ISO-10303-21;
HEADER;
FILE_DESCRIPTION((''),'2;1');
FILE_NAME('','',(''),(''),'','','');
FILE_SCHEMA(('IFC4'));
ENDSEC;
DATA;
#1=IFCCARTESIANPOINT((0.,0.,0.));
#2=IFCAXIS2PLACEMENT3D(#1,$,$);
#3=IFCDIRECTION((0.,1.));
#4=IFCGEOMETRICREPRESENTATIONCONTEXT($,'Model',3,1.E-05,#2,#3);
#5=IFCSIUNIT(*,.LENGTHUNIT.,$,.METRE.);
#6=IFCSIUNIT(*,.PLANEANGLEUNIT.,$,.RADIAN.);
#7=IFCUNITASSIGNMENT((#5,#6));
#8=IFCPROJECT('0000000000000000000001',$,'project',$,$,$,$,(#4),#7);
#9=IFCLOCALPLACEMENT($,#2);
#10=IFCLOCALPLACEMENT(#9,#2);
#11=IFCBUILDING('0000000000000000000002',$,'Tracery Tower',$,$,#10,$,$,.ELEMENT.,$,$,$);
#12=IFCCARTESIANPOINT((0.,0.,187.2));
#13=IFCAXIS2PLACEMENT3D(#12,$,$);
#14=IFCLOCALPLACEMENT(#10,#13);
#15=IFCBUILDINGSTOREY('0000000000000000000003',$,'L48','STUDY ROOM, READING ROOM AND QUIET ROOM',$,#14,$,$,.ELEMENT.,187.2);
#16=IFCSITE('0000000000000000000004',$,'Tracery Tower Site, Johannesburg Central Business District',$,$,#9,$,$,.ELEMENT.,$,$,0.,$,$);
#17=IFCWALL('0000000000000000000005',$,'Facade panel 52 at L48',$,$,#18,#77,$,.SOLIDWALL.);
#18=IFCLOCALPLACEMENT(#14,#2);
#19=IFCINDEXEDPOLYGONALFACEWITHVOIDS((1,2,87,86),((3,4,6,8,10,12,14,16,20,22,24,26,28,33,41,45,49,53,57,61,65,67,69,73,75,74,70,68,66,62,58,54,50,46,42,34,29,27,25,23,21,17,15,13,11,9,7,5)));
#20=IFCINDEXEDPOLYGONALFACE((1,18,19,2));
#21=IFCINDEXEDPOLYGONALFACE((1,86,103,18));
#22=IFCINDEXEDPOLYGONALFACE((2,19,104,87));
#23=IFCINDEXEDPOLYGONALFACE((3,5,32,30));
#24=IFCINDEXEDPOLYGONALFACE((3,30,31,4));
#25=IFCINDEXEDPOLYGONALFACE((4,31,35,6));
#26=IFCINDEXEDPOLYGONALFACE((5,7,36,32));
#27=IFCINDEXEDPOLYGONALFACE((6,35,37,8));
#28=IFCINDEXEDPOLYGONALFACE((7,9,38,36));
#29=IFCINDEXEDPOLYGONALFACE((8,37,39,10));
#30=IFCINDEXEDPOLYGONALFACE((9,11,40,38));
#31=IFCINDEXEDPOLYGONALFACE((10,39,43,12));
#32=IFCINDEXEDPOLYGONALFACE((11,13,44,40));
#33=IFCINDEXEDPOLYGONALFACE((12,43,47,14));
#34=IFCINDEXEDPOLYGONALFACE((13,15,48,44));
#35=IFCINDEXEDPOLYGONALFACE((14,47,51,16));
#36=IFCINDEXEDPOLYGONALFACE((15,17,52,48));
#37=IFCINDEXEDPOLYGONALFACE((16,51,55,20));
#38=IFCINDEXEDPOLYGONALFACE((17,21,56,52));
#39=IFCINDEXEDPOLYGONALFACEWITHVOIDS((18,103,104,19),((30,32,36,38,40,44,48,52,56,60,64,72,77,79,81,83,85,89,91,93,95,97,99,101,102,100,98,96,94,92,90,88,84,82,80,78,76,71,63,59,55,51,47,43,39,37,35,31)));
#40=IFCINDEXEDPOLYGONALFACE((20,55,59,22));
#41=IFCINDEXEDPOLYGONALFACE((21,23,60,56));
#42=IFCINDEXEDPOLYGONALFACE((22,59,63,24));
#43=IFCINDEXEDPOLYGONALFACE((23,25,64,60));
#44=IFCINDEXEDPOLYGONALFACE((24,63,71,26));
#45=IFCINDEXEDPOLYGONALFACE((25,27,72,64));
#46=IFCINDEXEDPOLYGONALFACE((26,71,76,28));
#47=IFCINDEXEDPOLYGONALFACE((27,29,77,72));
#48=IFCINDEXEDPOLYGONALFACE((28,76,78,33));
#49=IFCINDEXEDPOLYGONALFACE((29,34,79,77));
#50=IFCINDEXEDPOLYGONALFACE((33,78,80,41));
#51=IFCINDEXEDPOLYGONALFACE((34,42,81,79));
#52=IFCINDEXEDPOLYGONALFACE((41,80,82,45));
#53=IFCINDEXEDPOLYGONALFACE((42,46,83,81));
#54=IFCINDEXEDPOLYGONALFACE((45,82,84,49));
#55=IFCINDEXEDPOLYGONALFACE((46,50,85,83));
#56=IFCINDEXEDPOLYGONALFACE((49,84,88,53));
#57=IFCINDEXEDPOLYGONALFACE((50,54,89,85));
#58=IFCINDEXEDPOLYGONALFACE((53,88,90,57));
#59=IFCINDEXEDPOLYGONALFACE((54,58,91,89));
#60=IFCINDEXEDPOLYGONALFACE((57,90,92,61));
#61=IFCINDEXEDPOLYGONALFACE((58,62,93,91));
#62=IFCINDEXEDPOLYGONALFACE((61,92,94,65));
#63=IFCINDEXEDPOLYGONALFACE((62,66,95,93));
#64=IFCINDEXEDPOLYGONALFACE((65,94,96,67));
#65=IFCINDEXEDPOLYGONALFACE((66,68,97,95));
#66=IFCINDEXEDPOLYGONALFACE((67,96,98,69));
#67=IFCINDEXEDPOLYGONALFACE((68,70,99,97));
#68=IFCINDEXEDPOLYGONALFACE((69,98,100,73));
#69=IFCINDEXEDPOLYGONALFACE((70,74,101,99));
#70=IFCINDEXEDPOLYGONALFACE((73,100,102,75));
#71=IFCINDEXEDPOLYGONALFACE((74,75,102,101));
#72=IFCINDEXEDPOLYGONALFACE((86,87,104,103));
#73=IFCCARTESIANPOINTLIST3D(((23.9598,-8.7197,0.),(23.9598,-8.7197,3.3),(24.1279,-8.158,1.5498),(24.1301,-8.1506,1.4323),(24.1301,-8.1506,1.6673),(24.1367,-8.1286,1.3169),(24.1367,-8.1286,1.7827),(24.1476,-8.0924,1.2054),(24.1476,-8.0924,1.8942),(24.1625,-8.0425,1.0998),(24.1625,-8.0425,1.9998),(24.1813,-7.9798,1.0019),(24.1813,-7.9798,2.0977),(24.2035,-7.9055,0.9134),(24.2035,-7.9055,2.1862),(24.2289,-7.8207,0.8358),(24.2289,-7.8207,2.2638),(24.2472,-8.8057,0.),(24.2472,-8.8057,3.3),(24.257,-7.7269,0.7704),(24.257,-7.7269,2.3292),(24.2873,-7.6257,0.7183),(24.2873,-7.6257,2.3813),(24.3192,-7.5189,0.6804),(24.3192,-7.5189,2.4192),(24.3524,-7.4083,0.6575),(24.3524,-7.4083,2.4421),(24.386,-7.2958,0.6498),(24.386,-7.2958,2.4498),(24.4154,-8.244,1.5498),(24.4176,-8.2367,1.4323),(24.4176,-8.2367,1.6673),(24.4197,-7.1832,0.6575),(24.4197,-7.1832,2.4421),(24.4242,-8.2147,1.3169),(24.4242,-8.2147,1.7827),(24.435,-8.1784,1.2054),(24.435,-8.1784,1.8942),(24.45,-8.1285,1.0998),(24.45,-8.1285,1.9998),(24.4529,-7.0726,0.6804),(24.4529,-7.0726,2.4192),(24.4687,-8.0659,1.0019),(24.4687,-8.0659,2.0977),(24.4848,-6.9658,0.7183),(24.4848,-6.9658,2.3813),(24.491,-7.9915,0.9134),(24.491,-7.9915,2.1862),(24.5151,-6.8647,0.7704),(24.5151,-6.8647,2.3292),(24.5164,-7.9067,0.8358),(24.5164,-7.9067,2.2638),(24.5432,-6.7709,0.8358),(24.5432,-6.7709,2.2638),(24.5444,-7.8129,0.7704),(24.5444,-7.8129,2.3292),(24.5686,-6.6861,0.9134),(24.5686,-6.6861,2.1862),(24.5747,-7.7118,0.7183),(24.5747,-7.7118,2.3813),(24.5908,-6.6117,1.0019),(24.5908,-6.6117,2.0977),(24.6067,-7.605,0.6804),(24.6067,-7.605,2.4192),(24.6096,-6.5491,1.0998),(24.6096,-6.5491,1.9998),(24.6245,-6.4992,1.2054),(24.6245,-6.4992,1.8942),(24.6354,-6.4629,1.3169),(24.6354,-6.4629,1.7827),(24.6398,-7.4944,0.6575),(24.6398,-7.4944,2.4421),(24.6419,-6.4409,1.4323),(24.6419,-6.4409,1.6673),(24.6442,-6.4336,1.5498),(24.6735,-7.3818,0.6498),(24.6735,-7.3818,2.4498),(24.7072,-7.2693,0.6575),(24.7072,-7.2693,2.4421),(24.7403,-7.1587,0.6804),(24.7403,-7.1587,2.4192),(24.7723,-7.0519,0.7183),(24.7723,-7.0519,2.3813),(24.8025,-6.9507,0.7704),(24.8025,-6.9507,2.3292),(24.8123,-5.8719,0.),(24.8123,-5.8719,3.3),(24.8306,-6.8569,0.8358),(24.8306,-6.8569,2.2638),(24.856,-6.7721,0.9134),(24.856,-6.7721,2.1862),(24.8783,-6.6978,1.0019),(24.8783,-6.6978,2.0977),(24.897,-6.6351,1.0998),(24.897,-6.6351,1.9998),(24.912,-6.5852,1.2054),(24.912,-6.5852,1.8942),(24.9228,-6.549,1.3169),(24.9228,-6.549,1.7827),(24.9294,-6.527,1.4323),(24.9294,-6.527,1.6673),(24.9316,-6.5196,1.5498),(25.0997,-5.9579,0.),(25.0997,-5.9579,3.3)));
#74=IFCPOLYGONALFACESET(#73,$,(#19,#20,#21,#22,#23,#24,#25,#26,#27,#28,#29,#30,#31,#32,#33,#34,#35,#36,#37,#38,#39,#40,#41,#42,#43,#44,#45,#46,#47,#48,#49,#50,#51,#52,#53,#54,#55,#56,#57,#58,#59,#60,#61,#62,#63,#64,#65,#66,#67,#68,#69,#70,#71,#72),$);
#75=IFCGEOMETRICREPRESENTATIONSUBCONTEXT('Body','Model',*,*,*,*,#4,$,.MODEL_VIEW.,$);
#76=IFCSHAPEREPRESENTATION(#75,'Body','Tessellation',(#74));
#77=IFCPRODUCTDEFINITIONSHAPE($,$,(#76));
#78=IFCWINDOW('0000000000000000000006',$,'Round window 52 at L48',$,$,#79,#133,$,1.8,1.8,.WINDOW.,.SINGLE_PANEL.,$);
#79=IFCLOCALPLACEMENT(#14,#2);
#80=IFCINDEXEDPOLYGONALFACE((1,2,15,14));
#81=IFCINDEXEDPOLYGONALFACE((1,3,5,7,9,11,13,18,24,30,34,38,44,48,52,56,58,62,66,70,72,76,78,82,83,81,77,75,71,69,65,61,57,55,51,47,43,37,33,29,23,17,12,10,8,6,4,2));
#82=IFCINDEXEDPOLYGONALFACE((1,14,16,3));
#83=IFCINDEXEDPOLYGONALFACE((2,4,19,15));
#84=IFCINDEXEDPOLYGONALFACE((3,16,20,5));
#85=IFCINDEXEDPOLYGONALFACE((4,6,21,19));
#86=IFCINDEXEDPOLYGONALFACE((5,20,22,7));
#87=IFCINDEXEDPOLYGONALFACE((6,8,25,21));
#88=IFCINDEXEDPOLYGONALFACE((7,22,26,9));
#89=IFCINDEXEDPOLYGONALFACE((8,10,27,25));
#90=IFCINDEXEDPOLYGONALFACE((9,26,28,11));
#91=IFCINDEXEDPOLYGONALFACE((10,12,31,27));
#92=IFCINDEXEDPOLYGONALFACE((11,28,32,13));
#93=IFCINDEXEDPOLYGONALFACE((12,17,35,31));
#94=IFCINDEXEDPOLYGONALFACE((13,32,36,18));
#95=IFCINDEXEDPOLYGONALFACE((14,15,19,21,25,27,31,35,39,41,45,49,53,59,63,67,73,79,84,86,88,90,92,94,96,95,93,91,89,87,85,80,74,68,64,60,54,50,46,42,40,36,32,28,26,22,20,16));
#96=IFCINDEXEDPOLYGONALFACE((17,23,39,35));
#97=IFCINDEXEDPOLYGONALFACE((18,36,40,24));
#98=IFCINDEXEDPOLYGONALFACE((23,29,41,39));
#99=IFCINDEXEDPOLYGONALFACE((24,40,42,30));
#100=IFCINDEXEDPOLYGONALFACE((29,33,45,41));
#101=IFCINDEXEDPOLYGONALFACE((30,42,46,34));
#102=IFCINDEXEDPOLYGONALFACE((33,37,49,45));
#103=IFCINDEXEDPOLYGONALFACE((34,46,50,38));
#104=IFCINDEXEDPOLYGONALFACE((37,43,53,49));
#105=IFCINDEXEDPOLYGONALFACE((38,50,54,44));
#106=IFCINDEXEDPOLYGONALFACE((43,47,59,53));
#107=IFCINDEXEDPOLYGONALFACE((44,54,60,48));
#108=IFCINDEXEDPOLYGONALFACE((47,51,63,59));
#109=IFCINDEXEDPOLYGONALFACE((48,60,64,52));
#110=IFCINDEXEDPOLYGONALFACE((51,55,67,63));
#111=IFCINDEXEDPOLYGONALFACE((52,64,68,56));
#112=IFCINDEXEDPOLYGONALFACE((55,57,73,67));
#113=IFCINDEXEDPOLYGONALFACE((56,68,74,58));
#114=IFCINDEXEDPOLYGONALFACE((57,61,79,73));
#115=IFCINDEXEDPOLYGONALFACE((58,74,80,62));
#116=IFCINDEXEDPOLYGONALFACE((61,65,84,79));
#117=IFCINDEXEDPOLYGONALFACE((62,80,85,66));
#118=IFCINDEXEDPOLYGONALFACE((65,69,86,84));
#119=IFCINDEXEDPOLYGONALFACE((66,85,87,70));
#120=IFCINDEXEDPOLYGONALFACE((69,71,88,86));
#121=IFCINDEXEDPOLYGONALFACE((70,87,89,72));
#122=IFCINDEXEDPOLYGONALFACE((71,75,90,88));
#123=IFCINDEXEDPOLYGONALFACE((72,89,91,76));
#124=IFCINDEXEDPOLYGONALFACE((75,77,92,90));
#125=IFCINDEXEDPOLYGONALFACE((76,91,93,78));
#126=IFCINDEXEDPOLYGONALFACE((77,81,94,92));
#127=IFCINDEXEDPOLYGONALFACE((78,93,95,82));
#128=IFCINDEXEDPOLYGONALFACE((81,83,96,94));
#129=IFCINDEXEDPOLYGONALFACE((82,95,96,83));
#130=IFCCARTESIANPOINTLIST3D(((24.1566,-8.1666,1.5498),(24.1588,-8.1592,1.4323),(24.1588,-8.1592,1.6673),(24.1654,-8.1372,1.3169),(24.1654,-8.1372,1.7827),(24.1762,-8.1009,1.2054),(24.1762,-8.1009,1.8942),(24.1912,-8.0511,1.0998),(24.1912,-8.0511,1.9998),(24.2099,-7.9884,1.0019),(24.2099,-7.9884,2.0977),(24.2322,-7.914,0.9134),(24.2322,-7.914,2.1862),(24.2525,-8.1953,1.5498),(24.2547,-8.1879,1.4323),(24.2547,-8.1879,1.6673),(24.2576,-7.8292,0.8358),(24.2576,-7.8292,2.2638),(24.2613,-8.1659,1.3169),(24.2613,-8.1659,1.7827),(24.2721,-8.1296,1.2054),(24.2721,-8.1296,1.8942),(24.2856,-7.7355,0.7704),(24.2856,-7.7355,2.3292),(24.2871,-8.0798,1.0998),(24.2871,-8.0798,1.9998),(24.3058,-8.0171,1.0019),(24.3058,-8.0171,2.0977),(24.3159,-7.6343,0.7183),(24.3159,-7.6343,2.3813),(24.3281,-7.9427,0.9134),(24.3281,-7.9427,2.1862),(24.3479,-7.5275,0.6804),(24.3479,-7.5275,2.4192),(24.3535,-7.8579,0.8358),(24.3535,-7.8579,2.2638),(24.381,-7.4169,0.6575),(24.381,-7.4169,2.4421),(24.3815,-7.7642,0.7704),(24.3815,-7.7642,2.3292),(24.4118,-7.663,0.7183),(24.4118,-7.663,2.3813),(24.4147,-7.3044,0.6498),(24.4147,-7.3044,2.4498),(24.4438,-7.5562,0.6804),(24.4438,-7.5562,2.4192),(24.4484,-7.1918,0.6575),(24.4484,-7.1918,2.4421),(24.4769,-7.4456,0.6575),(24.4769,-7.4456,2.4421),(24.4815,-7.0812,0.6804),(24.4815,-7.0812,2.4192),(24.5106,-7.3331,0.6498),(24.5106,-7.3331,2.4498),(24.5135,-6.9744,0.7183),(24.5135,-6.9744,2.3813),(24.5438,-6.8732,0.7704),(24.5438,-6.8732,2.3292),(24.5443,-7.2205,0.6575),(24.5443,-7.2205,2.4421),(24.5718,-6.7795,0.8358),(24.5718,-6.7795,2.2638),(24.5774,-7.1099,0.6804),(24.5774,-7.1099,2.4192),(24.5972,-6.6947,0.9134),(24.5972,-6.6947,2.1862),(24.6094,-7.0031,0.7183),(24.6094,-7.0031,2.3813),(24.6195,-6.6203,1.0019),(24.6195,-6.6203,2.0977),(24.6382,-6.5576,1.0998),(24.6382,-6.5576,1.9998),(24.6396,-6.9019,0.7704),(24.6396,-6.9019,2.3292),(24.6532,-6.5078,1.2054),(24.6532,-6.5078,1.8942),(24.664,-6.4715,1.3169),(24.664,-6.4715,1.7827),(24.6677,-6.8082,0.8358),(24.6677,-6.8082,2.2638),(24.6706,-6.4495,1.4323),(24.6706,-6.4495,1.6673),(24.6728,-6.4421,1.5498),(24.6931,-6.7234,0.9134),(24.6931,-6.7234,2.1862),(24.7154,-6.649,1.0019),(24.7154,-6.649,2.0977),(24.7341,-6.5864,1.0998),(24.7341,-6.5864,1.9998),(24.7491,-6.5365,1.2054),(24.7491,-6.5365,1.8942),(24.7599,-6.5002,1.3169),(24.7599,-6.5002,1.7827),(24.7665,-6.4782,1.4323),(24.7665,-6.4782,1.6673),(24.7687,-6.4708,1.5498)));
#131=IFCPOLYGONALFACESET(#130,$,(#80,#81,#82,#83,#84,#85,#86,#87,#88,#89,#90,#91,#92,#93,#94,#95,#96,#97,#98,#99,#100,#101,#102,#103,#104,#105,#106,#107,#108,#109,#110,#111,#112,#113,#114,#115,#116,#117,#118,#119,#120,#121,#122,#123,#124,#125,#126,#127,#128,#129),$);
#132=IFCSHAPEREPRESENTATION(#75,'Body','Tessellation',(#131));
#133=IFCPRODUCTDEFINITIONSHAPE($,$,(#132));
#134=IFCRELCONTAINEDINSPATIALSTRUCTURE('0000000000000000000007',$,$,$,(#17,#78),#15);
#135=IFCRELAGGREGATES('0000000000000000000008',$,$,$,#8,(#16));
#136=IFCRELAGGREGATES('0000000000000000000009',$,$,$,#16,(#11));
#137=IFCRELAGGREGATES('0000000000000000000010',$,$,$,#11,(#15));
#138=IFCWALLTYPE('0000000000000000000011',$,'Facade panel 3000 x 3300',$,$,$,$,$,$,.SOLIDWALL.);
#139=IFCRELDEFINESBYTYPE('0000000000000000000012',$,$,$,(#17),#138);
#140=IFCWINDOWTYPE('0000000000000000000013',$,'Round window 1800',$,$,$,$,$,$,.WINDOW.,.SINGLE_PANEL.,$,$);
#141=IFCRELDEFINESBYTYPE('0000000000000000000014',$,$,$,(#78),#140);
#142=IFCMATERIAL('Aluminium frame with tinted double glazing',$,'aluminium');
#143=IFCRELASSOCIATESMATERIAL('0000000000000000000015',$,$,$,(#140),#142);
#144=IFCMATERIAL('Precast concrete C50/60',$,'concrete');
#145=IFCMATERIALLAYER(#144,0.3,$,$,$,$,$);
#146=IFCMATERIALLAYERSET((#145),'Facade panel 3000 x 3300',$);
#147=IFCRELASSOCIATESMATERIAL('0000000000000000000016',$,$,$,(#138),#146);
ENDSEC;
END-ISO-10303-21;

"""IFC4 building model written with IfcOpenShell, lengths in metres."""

from ifc_helpers import new_model, si_unit, direction, frame, frame_2d, origin, origin_2d, place, context, subcontext, project, spatial, rectangle, circle, extrude, material, layer, layer_set, type_object, element, fill, save


model = new_model("IFC4")

# Units and contexts
model_context = context("Model", 3, precision=1e-05, world=origin(), true_north=direction((0.0, 1.0)))
body_context = subcontext(model_context, "Body", "Model", "MODEL_VIEW")
ifc_project = project(units=[si_unit("LENGTHUNIT", "METRE"), si_unit("PLANEANGLEUNIT", "RADIAN")], contexts=[model_context])

# Site, building, storey
site_placement = place(None, origin())
site = spatial("IfcSite", under=ifc_project, at=site_placement, Name="Tracery Tower Site, Johannesburg Central Business District", CompositionType="ELEMENT", RefElevation=0.0)
building_placement = place(site_placement, origin())
building = spatial("IfcBuilding", under=site, at=building_placement, Name="Tracery Tower", CompositionType="ELEMENT")
storey_placement = place(building_placement, frame((0.0, 0.0, 187.2)))
storey = spatial("IfcBuildingStorey", under=building, at=storey_placement, Name="L48", Description="STUDY ROOM, READING ROOM AND QUIET ROOM", CompositionType="ELEMENT", Elevation=187.2)

# Wall, opening, window
ifc_material_1 = material(Name="Aluminium frame with tinted double glazing", Category="aluminium")
window_type = type_object("IfcWindowType", Name="Round window 1800", PartitioningType="SINGLE_PANEL", PredefinedType="WINDOW", material=ifc_material_1)
ifc_material_2 = material(Name="Precast concrete C50/60", Category="concrete")
ifc_layer_1 = layer(ifc_material_2, 0.3)
ifc_layer_set_1 = layer_set([ifc_layer_1], Name="Facade panel 3000 x 3300")
wall_type_1 = type_object("IfcWallType", Name="Facade panel 3000 x 3300", PredefinedType="SOLIDWALL", material=ifc_layer_set_1)
wall_1_placement = place(storey_placement, frame((24.1035, -8.7627, 0.0), z_axis=(0.0, 0.0, 1.0), x_axis=(0.286783, 0.957996, 0.0)))
wall_1 = element("IfcWall", 1, at=wall_1_placement, inside=storey, type_object=wall_type_1, Name="Facade panel 52 at L48", PredefinedType="SOLIDWALL", context=body_context, shape_type="SweptSolid", body=[
    extrude(rectangle(XDim=2.9727, YDim=0.3, at=frame_2d((1.4863, 0.0))), origin(), (0.0, 0.0, 1.0), 3.3),
])
opening_1_placement = place(wall_1_placement, frame((1.4863, 0.0, 1.5498)))
opening_1 = element("IfcOpeningElement", 2, at=opening_1_placement, cuts=wall_1, PredefinedType="OPENING", context=body_context, shape_type="SweptSolid", body=[
    extrude(circle(Radius=0.9, at=origin_2d()), frame((0.0, 0.1599, 0.0), z_axis=(0.0, -1.0, 0.0), x_axis=(1.0, 0.0, 0.0)), (0.0, 0.0, 1.0), 0.3201),
])
window_1_placement = place(opening_1_placement, origin())
window_1 = element("IfcWindow", 3, at=window_1_placement, inside=storey, type_object=window_type, Name="Round window 52 at L48", OverallHeight=1.8, OverallWidth=1.8, PartitioningType="SINGLE_PANEL", PredefinedType="WINDOW", context=body_context, shape_type="SweptSolid", body=[
    extrude(circle(Radius=0.9, at=origin_2d()), frame((0.0, 0.1201, 0.0), z_axis=(0.0, -1.0, 0.0), x_axis=(1.0, 0.0, 0.0)), (0.0, 0.0, 1.0), 0.1001),
])
fill(opening_1, window_1)

save(model, "model.ifc")
